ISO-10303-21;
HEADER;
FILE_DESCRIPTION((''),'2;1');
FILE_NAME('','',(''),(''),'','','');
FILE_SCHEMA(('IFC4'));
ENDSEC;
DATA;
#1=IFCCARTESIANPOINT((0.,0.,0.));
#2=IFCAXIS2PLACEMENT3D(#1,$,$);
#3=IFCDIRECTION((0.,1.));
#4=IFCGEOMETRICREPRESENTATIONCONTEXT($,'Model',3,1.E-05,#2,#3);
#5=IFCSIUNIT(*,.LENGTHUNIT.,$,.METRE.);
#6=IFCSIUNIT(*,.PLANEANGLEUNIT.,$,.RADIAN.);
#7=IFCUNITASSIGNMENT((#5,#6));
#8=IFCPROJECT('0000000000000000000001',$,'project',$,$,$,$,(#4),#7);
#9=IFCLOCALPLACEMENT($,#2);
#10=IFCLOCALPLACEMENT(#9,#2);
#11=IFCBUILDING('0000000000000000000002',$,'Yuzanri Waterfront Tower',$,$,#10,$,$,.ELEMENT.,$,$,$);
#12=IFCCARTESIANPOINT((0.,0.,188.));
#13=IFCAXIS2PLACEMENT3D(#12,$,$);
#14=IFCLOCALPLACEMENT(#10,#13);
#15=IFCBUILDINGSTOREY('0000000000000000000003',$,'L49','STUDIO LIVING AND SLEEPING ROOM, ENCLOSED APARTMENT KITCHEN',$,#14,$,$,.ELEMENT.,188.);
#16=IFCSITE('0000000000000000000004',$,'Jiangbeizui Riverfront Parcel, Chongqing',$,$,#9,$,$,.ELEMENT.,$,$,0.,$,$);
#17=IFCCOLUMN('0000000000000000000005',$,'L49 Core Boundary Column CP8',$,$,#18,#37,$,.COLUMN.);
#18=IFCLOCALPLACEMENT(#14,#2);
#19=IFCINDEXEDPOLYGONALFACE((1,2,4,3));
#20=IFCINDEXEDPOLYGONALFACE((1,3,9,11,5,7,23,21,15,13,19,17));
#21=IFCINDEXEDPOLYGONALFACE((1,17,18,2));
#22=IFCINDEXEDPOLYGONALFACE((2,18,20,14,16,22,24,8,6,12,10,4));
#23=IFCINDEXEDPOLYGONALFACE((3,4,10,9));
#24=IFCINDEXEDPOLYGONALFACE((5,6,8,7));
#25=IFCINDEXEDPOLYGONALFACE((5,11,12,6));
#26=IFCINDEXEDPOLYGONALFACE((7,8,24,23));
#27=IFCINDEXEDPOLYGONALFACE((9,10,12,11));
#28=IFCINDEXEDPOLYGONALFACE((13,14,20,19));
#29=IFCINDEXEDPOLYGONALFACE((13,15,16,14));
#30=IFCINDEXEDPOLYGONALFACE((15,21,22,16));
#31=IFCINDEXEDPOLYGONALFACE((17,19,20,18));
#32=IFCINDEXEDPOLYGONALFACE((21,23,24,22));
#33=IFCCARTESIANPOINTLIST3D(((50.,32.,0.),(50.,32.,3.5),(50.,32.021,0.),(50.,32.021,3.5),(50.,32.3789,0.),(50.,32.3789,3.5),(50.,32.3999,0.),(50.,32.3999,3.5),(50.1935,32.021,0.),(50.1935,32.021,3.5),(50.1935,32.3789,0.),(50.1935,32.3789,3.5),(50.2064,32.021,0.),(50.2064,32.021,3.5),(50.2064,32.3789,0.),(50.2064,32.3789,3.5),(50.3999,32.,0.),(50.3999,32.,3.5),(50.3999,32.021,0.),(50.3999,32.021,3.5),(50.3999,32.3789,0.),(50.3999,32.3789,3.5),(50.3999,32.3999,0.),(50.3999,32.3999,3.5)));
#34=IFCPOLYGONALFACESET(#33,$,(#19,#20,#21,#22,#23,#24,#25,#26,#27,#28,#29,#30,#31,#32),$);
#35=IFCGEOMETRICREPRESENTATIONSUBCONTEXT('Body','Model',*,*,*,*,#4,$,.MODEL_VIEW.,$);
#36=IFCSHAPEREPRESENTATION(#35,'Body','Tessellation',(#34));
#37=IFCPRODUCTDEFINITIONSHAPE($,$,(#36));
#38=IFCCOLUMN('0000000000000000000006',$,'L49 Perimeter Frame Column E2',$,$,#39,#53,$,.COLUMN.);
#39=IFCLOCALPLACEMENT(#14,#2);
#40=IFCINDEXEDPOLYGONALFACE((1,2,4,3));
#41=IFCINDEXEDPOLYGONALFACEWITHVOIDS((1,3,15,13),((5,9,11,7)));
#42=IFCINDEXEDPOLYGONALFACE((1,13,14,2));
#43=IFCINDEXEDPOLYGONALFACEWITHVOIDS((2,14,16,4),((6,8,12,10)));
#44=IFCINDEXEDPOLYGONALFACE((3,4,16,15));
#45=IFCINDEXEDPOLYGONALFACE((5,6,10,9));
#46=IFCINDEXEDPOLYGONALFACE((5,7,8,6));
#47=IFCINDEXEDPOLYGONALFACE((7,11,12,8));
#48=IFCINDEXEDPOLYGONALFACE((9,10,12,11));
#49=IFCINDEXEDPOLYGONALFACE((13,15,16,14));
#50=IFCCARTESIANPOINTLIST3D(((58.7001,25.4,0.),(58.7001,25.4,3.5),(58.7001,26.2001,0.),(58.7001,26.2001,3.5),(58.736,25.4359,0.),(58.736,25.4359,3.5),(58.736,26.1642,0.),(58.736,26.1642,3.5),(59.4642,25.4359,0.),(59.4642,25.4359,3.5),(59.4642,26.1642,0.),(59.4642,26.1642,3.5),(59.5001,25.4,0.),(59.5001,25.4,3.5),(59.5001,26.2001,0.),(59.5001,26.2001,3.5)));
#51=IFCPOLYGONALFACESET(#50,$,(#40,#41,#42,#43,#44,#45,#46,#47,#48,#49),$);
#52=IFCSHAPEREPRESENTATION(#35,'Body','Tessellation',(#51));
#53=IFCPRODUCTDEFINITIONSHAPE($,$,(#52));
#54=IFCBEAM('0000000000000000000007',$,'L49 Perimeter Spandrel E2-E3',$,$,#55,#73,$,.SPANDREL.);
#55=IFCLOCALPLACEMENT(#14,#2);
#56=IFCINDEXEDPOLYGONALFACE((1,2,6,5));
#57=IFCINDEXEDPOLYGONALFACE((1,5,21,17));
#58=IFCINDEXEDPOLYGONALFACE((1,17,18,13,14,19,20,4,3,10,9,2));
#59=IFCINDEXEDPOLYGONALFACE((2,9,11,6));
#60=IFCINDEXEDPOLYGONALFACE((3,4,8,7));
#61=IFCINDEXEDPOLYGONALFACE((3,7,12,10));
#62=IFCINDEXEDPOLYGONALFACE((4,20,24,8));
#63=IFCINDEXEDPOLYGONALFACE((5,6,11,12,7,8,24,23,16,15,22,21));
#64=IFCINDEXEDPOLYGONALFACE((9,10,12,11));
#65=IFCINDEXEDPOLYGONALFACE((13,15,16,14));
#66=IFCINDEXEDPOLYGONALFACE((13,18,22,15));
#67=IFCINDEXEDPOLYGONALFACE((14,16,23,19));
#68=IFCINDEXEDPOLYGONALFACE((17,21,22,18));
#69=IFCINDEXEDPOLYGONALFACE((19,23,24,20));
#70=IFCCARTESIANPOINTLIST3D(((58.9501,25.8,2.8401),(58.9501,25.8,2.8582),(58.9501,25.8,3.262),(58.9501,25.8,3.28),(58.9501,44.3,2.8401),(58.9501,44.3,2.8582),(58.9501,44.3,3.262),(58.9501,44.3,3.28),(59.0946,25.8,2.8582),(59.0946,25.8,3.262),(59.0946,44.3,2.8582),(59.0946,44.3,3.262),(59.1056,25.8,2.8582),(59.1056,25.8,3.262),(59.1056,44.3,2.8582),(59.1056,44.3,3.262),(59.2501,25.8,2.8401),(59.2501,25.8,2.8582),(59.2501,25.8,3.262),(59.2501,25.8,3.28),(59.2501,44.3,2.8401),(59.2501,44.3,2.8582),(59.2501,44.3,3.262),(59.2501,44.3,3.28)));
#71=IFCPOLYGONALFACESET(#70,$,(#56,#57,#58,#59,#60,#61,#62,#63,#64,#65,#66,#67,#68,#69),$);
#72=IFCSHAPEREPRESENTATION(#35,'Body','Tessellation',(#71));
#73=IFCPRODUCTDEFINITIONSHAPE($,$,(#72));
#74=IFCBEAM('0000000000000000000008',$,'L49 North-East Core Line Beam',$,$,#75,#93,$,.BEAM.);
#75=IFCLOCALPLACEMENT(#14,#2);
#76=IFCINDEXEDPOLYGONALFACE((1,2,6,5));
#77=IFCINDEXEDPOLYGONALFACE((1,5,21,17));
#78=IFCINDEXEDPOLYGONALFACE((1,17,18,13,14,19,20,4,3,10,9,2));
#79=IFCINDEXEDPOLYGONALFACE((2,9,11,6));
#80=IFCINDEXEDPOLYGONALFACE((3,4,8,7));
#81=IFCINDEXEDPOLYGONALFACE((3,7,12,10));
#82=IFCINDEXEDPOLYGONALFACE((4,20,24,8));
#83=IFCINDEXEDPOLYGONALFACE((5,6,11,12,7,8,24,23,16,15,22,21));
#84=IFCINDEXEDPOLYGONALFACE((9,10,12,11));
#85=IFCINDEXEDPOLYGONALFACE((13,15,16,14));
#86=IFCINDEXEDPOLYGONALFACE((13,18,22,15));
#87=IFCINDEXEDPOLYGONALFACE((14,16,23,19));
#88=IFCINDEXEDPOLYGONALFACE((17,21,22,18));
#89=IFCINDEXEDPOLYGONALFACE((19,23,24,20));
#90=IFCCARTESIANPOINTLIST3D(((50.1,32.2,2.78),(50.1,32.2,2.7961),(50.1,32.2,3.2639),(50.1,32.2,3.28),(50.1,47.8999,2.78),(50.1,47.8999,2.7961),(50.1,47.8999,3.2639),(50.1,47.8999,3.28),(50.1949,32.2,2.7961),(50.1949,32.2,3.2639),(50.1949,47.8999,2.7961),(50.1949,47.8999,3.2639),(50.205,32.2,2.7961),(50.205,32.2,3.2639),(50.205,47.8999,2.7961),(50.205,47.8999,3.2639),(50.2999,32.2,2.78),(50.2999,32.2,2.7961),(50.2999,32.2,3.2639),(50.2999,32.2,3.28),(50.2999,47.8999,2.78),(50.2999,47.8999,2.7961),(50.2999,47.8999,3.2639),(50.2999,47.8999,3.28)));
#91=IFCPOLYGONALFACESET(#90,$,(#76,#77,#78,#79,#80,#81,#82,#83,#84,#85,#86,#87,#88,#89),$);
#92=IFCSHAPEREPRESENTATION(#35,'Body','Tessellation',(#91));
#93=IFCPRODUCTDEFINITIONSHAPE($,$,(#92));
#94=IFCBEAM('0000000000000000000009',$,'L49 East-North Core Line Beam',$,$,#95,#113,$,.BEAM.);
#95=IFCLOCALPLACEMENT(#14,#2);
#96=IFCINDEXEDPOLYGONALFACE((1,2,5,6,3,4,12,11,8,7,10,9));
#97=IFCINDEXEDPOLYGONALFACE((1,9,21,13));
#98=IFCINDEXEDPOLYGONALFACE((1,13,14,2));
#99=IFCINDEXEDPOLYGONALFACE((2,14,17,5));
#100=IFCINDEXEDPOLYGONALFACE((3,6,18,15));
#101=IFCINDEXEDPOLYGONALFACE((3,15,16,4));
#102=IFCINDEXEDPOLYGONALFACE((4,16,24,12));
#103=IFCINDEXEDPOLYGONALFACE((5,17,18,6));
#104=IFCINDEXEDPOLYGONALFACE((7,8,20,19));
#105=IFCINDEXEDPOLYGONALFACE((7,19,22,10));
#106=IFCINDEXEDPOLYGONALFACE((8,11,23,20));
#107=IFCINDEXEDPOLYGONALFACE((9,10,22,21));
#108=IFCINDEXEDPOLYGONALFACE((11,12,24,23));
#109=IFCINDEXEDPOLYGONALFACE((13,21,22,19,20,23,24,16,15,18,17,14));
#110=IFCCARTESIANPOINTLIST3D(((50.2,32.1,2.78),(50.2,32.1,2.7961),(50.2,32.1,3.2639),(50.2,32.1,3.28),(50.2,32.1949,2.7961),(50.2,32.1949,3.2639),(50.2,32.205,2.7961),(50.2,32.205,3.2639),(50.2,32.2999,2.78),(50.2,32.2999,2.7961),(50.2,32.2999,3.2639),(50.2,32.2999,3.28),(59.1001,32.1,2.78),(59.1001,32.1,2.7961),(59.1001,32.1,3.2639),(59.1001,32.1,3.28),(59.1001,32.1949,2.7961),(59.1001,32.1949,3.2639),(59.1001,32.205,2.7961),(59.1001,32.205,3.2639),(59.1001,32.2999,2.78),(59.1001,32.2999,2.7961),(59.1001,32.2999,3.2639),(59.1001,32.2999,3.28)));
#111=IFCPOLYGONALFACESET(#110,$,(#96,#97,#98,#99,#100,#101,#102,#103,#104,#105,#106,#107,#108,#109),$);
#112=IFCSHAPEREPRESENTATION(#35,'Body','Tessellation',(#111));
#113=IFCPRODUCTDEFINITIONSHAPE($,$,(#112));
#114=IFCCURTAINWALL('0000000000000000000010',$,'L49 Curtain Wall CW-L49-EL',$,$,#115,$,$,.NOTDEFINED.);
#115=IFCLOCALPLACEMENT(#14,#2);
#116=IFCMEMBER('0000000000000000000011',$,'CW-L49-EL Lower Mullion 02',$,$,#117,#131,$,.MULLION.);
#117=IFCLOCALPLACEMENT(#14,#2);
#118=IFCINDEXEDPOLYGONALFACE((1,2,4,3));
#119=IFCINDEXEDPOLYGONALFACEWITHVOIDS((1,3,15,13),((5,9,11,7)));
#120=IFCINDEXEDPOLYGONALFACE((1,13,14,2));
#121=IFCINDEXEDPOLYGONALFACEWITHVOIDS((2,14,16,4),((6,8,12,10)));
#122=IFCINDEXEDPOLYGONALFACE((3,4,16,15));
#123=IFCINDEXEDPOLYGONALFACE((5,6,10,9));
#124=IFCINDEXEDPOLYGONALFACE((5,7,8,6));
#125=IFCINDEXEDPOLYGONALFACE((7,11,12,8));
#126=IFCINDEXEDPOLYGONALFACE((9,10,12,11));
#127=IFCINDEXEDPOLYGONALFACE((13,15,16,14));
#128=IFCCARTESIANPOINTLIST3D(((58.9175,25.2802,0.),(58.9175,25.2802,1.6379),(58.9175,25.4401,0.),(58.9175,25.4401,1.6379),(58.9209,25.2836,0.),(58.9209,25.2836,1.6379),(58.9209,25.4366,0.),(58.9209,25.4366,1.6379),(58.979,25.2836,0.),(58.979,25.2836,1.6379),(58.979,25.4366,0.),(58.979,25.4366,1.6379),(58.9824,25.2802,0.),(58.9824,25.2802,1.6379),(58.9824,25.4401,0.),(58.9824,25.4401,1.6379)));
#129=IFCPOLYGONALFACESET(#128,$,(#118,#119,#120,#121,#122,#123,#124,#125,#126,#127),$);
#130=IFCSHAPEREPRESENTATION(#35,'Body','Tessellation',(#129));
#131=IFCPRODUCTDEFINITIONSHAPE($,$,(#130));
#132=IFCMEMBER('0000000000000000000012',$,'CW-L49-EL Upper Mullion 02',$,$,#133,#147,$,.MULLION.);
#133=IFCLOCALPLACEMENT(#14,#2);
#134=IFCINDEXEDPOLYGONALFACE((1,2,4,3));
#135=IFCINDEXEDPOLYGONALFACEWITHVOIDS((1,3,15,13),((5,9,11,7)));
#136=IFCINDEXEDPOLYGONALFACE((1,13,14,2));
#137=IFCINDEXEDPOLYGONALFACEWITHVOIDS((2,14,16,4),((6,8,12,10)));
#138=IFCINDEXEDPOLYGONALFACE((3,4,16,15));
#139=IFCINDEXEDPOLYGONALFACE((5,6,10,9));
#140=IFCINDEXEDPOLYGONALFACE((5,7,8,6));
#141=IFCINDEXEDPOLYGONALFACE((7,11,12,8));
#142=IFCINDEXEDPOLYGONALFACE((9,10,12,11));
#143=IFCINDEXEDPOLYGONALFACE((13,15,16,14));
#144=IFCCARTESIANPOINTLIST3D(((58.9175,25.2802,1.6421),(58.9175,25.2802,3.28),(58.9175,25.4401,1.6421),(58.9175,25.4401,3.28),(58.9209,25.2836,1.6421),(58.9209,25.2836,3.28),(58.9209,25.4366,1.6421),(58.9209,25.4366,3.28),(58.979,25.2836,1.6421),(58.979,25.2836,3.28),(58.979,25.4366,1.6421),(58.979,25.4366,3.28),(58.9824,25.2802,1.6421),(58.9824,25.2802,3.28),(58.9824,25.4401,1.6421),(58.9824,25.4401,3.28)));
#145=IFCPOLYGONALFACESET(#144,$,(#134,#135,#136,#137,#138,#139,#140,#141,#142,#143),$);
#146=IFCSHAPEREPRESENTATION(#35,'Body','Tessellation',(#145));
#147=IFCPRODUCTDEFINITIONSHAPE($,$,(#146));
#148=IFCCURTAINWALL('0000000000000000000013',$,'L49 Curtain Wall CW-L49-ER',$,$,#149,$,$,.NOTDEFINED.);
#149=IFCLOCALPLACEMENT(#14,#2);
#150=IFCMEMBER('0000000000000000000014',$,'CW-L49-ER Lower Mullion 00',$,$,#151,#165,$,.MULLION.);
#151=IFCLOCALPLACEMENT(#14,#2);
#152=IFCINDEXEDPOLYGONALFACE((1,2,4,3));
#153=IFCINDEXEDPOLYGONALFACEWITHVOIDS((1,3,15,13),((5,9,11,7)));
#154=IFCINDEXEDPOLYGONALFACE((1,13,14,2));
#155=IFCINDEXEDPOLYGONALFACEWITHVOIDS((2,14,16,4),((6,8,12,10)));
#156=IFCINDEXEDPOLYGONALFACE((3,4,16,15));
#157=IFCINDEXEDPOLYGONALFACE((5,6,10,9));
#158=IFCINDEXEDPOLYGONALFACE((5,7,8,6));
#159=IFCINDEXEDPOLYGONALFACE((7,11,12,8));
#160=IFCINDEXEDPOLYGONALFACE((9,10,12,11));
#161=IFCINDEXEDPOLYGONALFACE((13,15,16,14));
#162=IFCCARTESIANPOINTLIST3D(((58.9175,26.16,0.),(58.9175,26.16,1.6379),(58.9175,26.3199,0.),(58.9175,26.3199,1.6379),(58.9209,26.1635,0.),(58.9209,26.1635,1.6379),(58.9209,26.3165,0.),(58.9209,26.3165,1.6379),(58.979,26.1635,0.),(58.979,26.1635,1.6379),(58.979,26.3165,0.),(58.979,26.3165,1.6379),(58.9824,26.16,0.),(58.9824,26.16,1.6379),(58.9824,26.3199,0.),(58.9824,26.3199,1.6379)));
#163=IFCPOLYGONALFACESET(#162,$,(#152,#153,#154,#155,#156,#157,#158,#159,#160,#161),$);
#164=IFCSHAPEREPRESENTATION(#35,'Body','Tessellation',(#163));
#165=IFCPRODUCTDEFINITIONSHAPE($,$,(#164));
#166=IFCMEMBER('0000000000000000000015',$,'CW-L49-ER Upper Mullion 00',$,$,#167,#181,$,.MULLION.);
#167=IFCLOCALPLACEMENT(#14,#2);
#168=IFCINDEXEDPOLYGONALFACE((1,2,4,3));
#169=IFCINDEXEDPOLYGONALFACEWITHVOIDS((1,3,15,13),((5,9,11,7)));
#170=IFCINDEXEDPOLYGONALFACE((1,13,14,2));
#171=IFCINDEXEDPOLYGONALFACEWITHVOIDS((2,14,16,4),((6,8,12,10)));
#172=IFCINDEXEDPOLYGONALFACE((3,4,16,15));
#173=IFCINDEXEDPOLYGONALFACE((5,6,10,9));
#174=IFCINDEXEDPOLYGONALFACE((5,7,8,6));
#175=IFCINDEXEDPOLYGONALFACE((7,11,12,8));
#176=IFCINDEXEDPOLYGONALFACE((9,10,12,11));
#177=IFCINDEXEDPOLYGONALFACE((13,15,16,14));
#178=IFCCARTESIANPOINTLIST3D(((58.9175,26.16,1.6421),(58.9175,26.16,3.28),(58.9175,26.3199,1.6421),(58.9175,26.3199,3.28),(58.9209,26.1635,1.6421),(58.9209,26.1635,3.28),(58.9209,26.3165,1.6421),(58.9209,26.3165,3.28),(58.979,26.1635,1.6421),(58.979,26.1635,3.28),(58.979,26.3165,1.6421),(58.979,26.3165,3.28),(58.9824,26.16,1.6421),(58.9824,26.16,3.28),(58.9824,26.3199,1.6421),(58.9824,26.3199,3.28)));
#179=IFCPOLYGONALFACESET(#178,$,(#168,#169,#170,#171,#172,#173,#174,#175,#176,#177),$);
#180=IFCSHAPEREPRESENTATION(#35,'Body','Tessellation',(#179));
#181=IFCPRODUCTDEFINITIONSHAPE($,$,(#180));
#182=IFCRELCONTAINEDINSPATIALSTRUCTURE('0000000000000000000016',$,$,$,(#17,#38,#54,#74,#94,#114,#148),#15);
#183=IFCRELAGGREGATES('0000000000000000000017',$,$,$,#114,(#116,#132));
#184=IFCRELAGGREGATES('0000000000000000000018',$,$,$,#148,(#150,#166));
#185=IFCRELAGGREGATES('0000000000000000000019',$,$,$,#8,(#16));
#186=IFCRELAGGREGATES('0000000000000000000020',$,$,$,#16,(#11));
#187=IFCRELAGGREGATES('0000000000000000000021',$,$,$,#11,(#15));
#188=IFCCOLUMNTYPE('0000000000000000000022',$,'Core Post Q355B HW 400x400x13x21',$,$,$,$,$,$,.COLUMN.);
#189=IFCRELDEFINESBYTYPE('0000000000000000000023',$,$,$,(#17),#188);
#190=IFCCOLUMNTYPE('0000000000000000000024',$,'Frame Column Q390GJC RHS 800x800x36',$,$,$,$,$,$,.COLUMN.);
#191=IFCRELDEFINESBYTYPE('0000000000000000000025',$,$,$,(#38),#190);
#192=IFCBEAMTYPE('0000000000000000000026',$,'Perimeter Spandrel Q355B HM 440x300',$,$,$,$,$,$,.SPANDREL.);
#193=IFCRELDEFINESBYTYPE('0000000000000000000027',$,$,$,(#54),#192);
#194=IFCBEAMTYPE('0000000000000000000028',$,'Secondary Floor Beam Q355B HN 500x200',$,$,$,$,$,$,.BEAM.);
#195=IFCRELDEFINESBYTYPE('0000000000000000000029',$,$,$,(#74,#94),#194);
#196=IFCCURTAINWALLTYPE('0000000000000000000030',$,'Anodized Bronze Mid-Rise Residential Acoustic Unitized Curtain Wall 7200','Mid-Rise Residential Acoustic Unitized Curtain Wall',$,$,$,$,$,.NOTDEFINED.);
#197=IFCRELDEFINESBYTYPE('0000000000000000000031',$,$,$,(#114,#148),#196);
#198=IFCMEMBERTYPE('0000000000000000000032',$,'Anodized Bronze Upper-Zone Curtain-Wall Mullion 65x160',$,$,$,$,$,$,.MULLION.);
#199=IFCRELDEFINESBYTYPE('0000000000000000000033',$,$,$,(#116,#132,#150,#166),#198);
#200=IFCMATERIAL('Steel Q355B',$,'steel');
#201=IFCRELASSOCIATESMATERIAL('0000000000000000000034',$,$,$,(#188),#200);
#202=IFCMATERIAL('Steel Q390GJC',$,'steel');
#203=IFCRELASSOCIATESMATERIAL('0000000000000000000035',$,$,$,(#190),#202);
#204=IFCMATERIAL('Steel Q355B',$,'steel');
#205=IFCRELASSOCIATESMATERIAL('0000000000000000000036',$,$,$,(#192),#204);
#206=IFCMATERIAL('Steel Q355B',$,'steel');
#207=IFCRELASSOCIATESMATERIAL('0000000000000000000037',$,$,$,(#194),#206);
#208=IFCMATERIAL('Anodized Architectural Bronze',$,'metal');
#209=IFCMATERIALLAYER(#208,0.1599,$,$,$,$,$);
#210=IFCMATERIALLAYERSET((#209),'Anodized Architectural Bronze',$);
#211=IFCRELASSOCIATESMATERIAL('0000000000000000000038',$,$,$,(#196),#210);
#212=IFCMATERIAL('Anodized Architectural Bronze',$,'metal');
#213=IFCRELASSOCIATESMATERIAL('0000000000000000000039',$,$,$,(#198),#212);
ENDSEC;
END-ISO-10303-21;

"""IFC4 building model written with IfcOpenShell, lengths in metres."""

from ifc_helpers import new_model, si_unit, direction, frame, origin, origin_2d, place, context, subcontext, project, spatial, hollow_rectangle, i_section, extrude, source, transform, mapped, material, layer, layer_set, material_profile, profile_set, type_object, element, aggregate, save


model = new_model("IFC4")

# Units and contexts
model_context = context("Model", 3, precision=1e-05, world=origin(), true_north=direction((0.0, 1.0)))
body_context = subcontext(model_context, "Body", "Model", "MODEL_VIEW")
ifc_project = project(units=[si_unit("LENGTHUNIT", "METRE"), si_unit("PLANEANGLEUNIT", "RADIAN")], contexts=[model_context])

# Site, building, storey
site_placement = place(None, origin())
site = spatial("IfcSite", under=ifc_project, at=site_placement, Name="Jiangbeizui Riverfront Parcel, Chongqing", CompositionType="ELEMENT", RefElevation=0.0)
building_placement = place(site_placement, origin())
building = spatial("IfcBuilding", under=site, at=building_placement, Name="Yuzanri Waterfront Tower", CompositionType="ELEMENT")
storey_placement = place(building_placement, frame((0.0, 0.0, 188.0)))
storey = spatial("IfcBuildingStorey", under=building, at=storey_placement, Name="L49", Description="STUDIO LIVING AND SLEEPING ROOM, ENCLOSED APARTMENT KITCHEN", CompositionType="ELEMENT", Elevation=188.0)

# Columns
ifc_material_1 = material(Name="Steel Q355B", Category="steel")
ifc_material_profile_1 = material_profile(ifc_material_1, i_section(OverallWidth=0.3999, OverallDepth=0.3999, WebThickness=0.0129, FlangeThickness=0.021, at=origin_2d()), Name="HW 400x400x13x21")
ifc_profile_set_1 = profile_set([ifc_material_profile_1], Name="Steel Q355B")
column_type_1 = type_object("IfcColumnType", Name="Core Post Q355B HW 400x400x13x21", PredefinedType="COLUMN", material=ifc_profile_set_1)
shared_shape_1 = source(origin(), body_context, "Body", "SweptSolid", [
    extrude(i_section(OverallWidth=0.3999, OverallDepth=0.3999, WebThickness=0.0129, FlangeThickness=0.021, at=origin_2d()), origin(), (0.0, 0.0, 1.0), 3.5),
])
column_1_placement = place(storey_placement, frame((50.2, 32.2, 0.0), z_axis=(0.0, 0.0, 1.0), x_axis=(1.0, 0.0, 0.0)))
element("IfcColumn", 1, at=column_1_placement, inside=storey, type_object=column_type_1, Name="L49 Core Boundary Column CP8", PredefinedType="COLUMN", context=body_context, shape_type="MappedRepresentation", body=[
    mapped(shared_shape_1, transform((0.0, 0.0, 0.0), scale=1.0)),
])
ifc_material_2 = material(Name="Steel Q390GJC", Category="steel")
ifc_material_profile_2 = material_profile(ifc_material_2, hollow_rectangle(XDim=0.8, YDim=0.8, WallThickness=0.0359, at=origin_2d()), Name="RHS 800x800x36")
ifc_profile_set_2 = profile_set([ifc_material_profile_2], Name="Steel Q390GJC")
column_type_2 = type_object("IfcColumnType", Name="Frame Column Q390GJC RHS 800x800x36", PredefinedType="COLUMN", material=ifc_profile_set_2)
shared_shape_2 = source(origin(), body_context, "Body", "SweptSolid", [
    extrude(hollow_rectangle(XDim=0.8, YDim=0.8, WallThickness=0.0359, at=origin_2d()), origin(), (0.0, 0.0, 1.0), 3.5),
])
column_2_placement = place(storey_placement, frame((59.1001, 25.8, 0.0), z_axis=(0.0, 0.0, 1.0), x_axis=(1.0, 0.0, 0.0)))
element("IfcColumn", 2, at=column_2_placement, inside=storey, type_object=column_type_2, Name="L49 Perimeter Frame Column E2", PredefinedType="COLUMN", context=body_context, shape_type="MappedRepresentation", body=[
    mapped(shared_shape_2, transform((0.0, 0.0, 0.0), scale=1.0)),
])

# Beams
ifc_material_3 = material(Name="Steel Q355B", Category="steel")
ifc_material_profile_3 = material_profile(ifc_material_3, i_section(OverallWidth=0.3, OverallDepth=0.4399, WebThickness=0.011, FlangeThickness=0.0181, at=origin_2d()), Name="HM 440x300x11x18")
ifc_profile_set_3 = profile_set([ifc_material_profile_3], Name="Steel Q355B")
beam_type_1 = type_object("IfcBeamType", Name="Perimeter Spandrel Q355B HM 440x300", PredefinedType="SPANDREL", material=ifc_profile_set_3)
shared_shape_3 = source(origin(), body_context, "Body", "SweptSolid", [
    extrude(i_section(OverallWidth=0.3, OverallDepth=0.4399, WebThickness=0.011, FlangeThickness=0.0181, at=origin_2d()), origin(), (0.0, 0.0, 1.0), 18.5),
])
beam_1_placement = place(storey_placement, frame((59.1001, 25.8, 3.0601), z_axis=(0.0, 1.0, 0.0), x_axis=(-1.0, 0.0, 0.0)))
element("IfcBeam", 3, at=beam_1_placement, inside=storey, type_object=beam_type_1, Name="L49 Perimeter Spandrel E2-E3", PredefinedType="SPANDREL", context=body_context, shape_type="MappedRepresentation", body=[
    mapped(shared_shape_3, transform((0.0, 0.0, 0.0), scale=1.0)),
])
ifc_material_4 = material(Name="Steel Q355B", Category="steel")
ifc_material_profile_4 = material_profile(ifc_material_4, i_section(OverallWidth=0.2, OverallDepth=0.5, WebThickness=0.01, FlangeThickness=0.0161, at=origin_2d()), Name="HN 500x200x10x16")
ifc_profile_set_4 = profile_set([ifc_material_profile_4], Name="Steel Q355B")
beam_type_2 = type_object("IfcBeamType", Name="Secondary Floor Beam Q355B HN 500x200", PredefinedType="BEAM", material=ifc_profile_set_4)
shared_shape_4 = source(origin(), body_context, "Body", "SweptSolid", [
    extrude(i_section(OverallWidth=0.2, OverallDepth=0.5, WebThickness=0.01, FlangeThickness=0.0161, at=origin_2d()), origin(), (0.0, 0.0, 1.0), 15.7),
])
beam_2_placement = place(storey_placement, frame((50.2, 32.2, 3.03), z_axis=(0.0, 1.0, 0.0), x_axis=(-1.0, 0.0, 0.0)))
element("IfcBeam", 4, at=beam_2_placement, inside=storey, type_object=beam_type_2, Name="L49 North-East Core Line Beam", PredefinedType="BEAM", context=body_context, shape_type="MappedRepresentation", body=[
    mapped(shared_shape_4, transform((0.0, 0.0, 0.0), scale=1.0)),
])
shared_shape_5 = source(origin(), body_context, "Body", "SweptSolid", [
    extrude(i_section(OverallWidth=0.2, OverallDepth=0.5, WebThickness=0.01, FlangeThickness=0.0161, at=origin_2d()), origin(), (0.0, 0.0, 1.0), 8.9001),
])
beam_3_placement = place(storey_placement, frame((50.2, 32.2, 3.03), z_axis=(1.0, 0.0, 0.0), x_axis=(0.0, 1.0, 0.0)))
element("IfcBeam", 5, at=beam_3_placement, inside=storey, type_object=beam_type_2, Name="L49 East-North Core Line Beam", PredefinedType="BEAM", context=body_context, shape_type="MappedRepresentation", body=[
    mapped(shared_shape_5, transform((0.0, 0.0, 0.0), scale=1.0)),
])

# Curtain wall, members
ifc_material_5 = material(Name="Anodized Architectural Bronze", Category="metal")
ifc_layer_1 = layer(ifc_material_5, 0.1599)
ifc_layer_set_1 = layer_set([ifc_layer_1], Name="Anodized Architectural Bronze")
curtain_wall_type = type_object("IfcCurtainWallType", Name="Anodized Bronze Mid-Rise Residential Acoustic Unitized Curtain Wall 7200", Description="Mid-Rise Residential Acoustic Unitized Curtain Wall", PredefinedType="NOTDEFINED", material=ifc_layer_set_1)
curtain_wall_1_placement = place(storey_placement, origin())
curtain_wall_1 = element("IfcCurtainWall", 6, at=curtain_wall_1_placement, inside=storey, type_object=curtain_wall_type, Name="L49 Curtain Wall CW-L49-EL", PredefinedType="NOTDEFINED")
ifc_material_6 = material(Name="Anodized Architectural Bronze", Category="metal")
ifc_material_profile_5 = material_profile(ifc_material_6, hollow_rectangle(XDim=0.0649, YDim=0.1599, WallThickness=0.0034, at=origin_2d()), Name="CWM 65x160")
ifc_profile_set_5 = profile_set([ifc_material_profile_5], Name="Anodized Architectural Bronze")
member_type_1 = type_object("IfcMemberType", Name="Anodized Bronze Upper-Zone Curtain-Wall Mullion 65x160", PredefinedType="MULLION", material=ifc_profile_set_5)
shared_shape_6 = source(origin(), body_context, "Body", "SweptSolid", [
    extrude(hollow_rectangle(XDim=0.0649, YDim=0.1599, WallThickness=0.0034, at=origin_2d()), origin(), (0.0, 0.0, 1.0), 1.6379),
])
member_1_placement = place(storey_placement, frame((58.95, 25.3601, 0.0), z_axis=(0.0, 0.0, 1.0), x_axis=(1.0, 0.0, 0.0)))
member_1 = element("IfcMember", 7, at=member_1_placement, type_object=member_type_1, Name="CW-L49-EL Lower Mullion 02", PredefinedType="MULLION", context=body_context, shape_type="MappedRepresentation", body=[
    mapped(shared_shape_6, transform((0.0, 0.0, 0.0), scale=1.0)),
])
member_2_placement = place(storey_placement, frame((58.95, 25.3601, 1.6421), z_axis=(0.0, 0.0, 1.0), x_axis=(1.0, 0.0, 0.0)))
member_2 = element("IfcMember", 8, at=member_2_placement, type_object=member_type_1, Name="CW-L49-EL Upper Mullion 02", PredefinedType="MULLION", context=body_context, shape_type="MappedRepresentation", body=[
    mapped(shared_shape_6, transform((0.0, 0.0, 0.0), scale=1.0)),
])
aggregate(curtain_wall_1, [member_1, member_2])

# Curtain wall, members
curtain_wall_2_placement = place(storey_placement, origin())
curtain_wall_2 = element("IfcCurtainWall", 9, at=curtain_wall_2_placement, inside=storey, type_object=curtain_wall_type, Name="L49 Curtain Wall CW-L49-ER", PredefinedType="NOTDEFINED")
member_3_placement = place(storey_placement, frame((58.95, 26.24, 0.0), z_axis=(0.0, 0.0, 1.0), x_axis=(1.0, 0.0, 0.0)))
member_3 = element("IfcMember", 10, at=member_3_placement, type_object=member_type_1, Name="CW-L49-ER Lower Mullion 00", PredefinedType="MULLION", context=body_context, shape_type="MappedRepresentation", body=[
    mapped(shared_shape_6, transform((0.0, 0.0, 0.0), scale=1.0)),
])
member_4_placement = place(storey_placement, frame((58.95, 26.24, 1.6421), z_axis=(0.0, 0.0, 1.0), x_axis=(1.0, 0.0, 0.0)))
member_4 = element("IfcMember", 11, at=member_4_placement, type_object=member_type_1, Name="CW-L49-ER Upper Mullion 00", PredefinedType="MULLION", context=body_context, shape_type="MappedRepresentation", body=[
    mapped(shared_shape_6, transform((0.0, 0.0, 0.0), scale=1.0)),
])
aggregate(curtain_wall_2, [member_3, member_4])

save(model, "model.ifc")
